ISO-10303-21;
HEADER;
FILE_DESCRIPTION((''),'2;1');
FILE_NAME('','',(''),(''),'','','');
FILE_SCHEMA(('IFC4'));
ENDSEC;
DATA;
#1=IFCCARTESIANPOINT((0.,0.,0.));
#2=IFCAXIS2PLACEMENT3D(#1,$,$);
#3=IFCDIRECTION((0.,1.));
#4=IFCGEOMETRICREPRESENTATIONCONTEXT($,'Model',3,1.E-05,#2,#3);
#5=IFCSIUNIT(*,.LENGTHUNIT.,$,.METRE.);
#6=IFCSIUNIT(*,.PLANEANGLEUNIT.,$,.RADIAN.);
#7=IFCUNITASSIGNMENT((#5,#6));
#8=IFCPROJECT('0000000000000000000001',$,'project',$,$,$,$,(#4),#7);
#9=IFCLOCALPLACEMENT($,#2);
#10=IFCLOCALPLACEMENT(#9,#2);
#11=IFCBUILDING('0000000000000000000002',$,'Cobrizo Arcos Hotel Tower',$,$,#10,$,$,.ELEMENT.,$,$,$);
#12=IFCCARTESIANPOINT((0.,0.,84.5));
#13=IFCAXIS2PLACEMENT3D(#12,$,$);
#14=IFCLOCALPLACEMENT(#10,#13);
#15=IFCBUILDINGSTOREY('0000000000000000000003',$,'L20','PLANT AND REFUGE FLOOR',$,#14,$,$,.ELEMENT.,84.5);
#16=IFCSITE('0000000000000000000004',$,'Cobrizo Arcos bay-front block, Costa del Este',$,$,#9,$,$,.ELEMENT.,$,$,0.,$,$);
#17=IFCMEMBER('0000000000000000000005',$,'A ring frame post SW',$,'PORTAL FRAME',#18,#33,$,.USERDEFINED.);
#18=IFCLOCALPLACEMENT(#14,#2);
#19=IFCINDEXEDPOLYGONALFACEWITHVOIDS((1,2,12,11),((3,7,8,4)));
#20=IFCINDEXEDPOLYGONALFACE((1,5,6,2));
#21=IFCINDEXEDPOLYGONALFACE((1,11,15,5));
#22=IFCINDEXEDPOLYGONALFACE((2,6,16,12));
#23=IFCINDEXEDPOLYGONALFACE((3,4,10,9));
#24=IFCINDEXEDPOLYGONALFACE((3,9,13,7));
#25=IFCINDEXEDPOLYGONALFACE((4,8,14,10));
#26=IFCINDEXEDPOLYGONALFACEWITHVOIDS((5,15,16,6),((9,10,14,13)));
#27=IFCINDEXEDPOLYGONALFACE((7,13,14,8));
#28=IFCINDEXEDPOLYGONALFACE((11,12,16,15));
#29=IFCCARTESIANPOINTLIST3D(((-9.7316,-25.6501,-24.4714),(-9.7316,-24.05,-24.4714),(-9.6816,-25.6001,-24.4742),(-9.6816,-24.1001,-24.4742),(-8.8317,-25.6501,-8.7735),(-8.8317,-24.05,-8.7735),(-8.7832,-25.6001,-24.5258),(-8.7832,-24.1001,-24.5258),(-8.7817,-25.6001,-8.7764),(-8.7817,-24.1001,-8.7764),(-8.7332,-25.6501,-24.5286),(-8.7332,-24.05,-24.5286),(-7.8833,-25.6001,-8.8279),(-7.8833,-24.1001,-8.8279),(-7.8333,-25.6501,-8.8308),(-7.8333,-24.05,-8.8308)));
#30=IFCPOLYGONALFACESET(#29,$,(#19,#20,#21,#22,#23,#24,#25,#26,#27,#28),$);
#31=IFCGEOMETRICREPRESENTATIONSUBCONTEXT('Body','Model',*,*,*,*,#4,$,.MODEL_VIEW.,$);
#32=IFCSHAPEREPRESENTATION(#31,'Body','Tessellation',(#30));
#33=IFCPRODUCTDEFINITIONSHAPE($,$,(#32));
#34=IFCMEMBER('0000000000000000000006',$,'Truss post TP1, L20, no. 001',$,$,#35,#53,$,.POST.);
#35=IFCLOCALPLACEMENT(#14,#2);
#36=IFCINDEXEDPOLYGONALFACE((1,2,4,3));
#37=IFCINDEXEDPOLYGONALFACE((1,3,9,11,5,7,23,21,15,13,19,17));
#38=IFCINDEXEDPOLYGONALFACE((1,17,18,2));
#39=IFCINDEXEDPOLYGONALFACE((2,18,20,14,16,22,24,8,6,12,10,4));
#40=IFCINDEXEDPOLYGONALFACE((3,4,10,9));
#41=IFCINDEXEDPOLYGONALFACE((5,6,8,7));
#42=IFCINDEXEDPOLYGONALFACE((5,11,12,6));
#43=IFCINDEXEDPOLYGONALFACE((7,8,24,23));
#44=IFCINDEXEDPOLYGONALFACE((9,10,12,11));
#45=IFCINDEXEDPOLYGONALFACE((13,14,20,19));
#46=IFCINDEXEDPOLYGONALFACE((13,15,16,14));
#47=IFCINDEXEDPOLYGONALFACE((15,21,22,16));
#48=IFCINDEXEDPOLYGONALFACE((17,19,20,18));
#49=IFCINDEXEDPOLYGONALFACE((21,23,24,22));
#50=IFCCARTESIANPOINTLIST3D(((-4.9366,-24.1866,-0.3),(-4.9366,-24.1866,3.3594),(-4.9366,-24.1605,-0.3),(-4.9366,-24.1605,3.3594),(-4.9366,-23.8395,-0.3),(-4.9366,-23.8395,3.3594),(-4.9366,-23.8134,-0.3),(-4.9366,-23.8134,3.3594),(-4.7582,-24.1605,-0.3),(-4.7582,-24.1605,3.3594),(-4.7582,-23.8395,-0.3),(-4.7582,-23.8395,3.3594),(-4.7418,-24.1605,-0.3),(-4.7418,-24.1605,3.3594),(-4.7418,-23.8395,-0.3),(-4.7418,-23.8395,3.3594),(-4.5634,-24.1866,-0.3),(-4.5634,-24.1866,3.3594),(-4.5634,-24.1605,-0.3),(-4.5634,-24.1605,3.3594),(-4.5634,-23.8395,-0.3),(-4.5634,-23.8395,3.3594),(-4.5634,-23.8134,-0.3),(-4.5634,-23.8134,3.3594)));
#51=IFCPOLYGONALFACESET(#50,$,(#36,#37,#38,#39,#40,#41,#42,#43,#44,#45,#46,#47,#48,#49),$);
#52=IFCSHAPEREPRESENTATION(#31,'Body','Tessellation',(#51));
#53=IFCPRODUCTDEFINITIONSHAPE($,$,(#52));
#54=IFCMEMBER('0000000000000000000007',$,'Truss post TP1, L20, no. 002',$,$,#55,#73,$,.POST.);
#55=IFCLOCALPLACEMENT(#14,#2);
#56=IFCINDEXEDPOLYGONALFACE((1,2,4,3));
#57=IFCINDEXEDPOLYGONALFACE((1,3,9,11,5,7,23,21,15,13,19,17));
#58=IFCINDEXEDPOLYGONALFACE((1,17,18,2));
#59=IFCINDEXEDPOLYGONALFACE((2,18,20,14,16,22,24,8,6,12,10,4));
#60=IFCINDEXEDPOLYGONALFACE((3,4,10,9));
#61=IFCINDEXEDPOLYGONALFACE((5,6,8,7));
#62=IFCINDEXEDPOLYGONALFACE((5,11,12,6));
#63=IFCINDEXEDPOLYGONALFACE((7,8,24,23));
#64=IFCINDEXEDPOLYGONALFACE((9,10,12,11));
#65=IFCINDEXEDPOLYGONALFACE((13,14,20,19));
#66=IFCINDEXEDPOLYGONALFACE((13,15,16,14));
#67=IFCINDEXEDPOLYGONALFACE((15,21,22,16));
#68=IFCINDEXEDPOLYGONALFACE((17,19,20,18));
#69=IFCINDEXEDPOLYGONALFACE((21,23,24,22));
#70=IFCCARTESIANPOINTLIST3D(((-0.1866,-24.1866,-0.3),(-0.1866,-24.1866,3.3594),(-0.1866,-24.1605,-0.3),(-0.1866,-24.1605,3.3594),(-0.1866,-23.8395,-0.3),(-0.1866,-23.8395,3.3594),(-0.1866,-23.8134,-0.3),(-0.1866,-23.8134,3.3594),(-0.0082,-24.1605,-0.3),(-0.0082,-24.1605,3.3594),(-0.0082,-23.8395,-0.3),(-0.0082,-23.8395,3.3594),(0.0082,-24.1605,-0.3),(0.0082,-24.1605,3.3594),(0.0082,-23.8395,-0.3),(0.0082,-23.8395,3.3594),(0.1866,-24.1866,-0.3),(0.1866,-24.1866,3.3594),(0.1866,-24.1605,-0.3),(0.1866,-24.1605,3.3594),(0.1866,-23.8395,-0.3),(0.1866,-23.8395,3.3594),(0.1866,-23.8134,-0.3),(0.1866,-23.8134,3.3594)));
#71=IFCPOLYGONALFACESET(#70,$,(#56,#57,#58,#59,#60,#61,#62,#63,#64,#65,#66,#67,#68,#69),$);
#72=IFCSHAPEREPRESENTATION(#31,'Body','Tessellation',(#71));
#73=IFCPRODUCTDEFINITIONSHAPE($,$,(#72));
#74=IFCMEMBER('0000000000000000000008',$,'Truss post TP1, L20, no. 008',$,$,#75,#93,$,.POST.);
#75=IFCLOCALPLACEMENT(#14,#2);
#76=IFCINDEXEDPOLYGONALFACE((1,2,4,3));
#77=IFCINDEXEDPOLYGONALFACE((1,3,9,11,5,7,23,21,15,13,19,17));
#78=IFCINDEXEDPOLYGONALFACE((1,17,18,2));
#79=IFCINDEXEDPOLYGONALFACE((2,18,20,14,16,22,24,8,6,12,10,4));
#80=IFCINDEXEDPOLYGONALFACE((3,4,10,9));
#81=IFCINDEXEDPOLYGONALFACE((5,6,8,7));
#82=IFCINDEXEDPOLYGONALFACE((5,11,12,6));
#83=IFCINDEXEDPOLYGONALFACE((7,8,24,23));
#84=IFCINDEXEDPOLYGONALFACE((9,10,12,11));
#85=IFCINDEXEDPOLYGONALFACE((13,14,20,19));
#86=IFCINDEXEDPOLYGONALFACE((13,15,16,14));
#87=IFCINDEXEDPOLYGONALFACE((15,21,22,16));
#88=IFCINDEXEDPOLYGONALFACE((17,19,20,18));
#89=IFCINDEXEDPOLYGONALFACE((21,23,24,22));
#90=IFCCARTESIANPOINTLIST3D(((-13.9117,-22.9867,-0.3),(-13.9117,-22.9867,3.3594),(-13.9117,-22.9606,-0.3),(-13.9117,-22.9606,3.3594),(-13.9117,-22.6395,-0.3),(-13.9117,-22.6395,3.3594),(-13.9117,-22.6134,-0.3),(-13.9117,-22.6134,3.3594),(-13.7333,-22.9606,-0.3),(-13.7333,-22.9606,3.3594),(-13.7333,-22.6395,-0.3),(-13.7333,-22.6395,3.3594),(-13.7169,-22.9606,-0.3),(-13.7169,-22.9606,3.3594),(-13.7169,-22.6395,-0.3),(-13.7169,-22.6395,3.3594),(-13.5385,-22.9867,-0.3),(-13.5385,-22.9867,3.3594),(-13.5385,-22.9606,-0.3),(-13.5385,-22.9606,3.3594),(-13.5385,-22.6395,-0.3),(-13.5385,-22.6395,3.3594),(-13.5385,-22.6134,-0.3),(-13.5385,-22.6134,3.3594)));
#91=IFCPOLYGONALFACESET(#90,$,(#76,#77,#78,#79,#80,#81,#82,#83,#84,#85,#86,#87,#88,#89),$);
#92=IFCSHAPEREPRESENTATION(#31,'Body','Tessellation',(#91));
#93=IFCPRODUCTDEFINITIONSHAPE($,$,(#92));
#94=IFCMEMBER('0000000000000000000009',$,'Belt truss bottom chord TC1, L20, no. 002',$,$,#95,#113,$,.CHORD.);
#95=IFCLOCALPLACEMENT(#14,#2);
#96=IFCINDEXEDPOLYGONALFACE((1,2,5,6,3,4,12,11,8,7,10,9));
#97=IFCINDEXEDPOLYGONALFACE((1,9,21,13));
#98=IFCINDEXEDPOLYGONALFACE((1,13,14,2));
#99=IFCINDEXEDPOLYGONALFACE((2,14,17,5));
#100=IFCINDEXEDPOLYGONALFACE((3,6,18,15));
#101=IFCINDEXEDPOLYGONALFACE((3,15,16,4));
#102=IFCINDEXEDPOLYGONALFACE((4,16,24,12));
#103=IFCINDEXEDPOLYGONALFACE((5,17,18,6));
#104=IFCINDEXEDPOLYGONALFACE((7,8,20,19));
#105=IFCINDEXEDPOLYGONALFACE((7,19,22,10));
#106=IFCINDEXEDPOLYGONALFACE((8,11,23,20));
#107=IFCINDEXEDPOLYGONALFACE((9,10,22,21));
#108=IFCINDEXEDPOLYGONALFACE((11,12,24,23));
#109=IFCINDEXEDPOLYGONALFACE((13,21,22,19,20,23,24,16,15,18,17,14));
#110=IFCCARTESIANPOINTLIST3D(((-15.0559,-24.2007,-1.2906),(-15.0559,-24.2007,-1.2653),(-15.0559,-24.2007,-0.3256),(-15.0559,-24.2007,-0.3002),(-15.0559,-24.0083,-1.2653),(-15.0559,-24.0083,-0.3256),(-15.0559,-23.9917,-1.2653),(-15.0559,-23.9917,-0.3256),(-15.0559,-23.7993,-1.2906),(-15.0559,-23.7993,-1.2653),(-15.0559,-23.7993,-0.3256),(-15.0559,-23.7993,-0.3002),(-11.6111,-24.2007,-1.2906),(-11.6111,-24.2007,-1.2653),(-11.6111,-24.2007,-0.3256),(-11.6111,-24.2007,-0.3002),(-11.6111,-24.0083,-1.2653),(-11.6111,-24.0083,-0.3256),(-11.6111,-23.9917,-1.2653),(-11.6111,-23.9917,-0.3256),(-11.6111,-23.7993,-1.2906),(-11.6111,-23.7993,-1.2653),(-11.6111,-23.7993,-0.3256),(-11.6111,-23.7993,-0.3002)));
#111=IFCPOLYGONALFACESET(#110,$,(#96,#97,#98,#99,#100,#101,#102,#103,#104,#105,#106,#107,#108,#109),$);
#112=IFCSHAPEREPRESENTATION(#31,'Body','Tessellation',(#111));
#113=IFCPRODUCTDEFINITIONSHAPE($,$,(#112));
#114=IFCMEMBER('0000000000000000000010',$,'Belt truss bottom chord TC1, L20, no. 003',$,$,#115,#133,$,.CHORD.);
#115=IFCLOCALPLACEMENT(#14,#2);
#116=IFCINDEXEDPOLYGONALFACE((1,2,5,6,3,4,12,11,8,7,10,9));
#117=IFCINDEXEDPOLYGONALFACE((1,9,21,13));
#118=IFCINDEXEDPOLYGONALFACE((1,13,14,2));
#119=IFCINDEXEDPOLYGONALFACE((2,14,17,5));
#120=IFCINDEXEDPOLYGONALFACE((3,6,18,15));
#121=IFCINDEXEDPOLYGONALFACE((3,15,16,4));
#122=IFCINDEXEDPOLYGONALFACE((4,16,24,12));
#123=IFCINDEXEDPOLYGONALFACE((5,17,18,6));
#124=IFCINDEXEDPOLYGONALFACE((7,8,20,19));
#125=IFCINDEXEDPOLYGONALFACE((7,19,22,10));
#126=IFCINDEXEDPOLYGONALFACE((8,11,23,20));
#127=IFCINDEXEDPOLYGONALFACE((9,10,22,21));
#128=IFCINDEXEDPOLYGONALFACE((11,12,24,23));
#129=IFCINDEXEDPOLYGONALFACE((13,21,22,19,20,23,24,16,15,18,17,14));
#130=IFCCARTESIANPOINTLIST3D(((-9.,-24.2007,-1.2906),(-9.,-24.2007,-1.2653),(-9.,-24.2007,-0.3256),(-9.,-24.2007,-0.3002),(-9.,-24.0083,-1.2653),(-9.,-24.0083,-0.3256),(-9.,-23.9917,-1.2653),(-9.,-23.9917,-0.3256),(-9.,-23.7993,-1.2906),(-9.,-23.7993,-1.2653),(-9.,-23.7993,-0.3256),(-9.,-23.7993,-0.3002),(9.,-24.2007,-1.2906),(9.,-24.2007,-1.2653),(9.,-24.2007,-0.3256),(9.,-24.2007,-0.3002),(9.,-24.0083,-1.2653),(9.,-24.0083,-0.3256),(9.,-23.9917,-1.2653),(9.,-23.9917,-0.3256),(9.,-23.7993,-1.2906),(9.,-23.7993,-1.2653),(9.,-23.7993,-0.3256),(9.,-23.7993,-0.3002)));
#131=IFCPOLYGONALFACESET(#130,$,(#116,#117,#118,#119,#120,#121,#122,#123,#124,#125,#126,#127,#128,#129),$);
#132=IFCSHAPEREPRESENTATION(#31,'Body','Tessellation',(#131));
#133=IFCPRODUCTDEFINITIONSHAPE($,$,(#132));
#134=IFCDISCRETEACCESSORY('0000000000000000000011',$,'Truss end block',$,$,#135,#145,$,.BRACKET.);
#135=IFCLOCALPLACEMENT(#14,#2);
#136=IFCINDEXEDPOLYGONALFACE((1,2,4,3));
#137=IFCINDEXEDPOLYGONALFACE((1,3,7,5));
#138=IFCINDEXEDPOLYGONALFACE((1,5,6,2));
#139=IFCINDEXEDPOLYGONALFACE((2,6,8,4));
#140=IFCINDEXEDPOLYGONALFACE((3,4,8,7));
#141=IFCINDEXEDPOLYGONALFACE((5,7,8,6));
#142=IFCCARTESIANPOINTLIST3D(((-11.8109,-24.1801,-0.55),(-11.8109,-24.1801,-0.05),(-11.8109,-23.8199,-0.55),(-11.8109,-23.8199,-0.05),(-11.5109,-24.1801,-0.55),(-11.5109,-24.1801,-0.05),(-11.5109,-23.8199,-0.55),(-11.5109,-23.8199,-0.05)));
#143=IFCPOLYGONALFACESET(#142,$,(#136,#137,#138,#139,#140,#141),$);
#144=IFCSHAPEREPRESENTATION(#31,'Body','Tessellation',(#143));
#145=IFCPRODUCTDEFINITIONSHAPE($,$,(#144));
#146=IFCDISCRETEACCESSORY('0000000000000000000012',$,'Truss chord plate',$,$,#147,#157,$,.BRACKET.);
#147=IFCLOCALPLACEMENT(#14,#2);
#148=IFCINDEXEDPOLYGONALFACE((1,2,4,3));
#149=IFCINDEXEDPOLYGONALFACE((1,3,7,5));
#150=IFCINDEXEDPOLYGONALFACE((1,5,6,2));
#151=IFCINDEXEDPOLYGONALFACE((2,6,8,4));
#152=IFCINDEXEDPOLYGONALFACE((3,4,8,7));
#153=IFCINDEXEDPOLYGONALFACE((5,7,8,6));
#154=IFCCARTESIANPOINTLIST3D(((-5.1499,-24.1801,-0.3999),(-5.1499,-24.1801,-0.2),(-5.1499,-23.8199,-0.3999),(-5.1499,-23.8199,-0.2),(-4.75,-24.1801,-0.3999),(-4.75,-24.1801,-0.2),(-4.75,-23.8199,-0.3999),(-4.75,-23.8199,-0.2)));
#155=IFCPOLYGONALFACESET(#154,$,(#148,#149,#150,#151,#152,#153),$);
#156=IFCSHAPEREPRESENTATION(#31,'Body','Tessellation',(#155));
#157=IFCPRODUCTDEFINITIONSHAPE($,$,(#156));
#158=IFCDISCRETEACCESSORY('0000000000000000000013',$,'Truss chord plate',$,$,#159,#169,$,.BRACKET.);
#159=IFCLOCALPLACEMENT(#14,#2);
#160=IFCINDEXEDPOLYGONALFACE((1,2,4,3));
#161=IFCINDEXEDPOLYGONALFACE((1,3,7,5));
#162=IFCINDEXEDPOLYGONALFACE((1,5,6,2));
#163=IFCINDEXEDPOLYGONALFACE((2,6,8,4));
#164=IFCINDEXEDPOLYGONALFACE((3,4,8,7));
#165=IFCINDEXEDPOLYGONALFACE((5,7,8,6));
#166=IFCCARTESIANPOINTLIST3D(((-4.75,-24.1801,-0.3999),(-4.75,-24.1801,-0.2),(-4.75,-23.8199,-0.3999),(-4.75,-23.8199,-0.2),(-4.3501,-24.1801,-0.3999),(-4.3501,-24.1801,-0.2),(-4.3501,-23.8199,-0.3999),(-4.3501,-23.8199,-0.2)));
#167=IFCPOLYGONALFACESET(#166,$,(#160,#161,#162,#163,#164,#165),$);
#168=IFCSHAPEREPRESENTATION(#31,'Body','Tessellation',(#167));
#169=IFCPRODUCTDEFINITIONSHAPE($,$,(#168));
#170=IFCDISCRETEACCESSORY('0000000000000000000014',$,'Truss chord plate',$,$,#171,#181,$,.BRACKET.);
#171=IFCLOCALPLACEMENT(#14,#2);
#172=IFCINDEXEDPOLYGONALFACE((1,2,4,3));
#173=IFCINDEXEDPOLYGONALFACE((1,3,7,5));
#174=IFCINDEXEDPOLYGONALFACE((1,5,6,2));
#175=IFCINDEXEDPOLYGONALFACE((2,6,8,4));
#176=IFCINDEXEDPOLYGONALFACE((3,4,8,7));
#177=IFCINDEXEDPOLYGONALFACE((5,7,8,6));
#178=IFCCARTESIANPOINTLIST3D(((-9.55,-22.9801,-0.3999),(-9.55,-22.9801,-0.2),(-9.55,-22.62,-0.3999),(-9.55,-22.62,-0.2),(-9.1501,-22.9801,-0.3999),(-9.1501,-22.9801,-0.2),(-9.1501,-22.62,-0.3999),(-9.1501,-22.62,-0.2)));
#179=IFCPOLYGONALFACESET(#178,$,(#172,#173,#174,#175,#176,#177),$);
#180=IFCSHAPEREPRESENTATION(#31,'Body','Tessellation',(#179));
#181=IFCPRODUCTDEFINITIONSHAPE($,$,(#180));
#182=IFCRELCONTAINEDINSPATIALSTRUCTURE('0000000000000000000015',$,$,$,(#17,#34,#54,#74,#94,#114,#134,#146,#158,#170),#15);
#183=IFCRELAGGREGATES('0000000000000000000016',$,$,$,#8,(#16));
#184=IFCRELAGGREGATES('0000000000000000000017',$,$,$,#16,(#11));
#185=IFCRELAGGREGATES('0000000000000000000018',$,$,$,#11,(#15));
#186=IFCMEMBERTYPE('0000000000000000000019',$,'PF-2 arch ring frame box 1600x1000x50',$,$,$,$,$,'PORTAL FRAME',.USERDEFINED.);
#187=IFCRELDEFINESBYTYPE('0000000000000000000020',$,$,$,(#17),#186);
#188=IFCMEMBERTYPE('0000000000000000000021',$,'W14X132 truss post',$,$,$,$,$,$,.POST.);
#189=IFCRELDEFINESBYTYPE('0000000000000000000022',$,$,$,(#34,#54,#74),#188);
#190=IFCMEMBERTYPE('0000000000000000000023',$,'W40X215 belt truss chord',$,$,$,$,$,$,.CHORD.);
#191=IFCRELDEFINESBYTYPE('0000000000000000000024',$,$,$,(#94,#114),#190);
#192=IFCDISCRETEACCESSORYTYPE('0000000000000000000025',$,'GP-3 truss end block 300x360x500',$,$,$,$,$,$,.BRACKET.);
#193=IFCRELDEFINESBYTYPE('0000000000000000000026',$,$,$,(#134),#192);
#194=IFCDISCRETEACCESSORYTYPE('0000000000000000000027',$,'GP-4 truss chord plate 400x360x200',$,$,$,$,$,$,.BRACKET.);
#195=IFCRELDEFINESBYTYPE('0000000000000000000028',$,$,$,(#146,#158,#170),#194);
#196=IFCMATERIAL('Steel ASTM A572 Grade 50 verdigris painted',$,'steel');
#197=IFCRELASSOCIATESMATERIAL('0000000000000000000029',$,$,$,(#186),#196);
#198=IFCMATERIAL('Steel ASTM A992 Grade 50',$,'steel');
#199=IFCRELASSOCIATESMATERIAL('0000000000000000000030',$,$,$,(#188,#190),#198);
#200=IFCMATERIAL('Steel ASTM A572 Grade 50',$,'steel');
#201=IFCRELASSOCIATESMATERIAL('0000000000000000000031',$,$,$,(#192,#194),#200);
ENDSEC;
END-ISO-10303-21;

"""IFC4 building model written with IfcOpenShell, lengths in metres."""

from ifc_helpers import new_model, si_unit, direction, frame, origin, origin_2d, place, context, subcontext, project, spatial, rectangle, hollow_rectangle, i_section, extrude, material, material_profile, profile_set, type_object, element, save


model = new_model("IFC4")

# Units and contexts
model_context = context("Model", 3, precision=1e-05, world=origin(), true_north=direction((0.0, 1.0)))
body_context = subcontext(model_context, "Body", "Model", "MODEL_VIEW")
ifc_project = project(units=[si_unit("LENGTHUNIT", "METRE"), si_unit("PLANEANGLEUNIT", "RADIAN")], contexts=[model_context])

# Site, building, storey
site_placement = place(None, origin())
site = spatial("IfcSite", under=ifc_project, at=site_placement, Name="Cobrizo Arcos bay-front block, Costa del Este", CompositionType="ELEMENT", RefElevation=0.0)
building_placement = place(site_placement, origin())
building = spatial("IfcBuilding", under=site, at=building_placement, Name="Cobrizo Arcos Hotel Tower", CompositionType="ELEMENT")
storey_placement = place(building_placement, frame((0.0, 0.0, 84.5)))
storey = spatial("IfcBuildingStorey", under=building, at=storey_placement, Name="L20", Description="PLANT AND REFUGE FLOOR", CompositionType="ELEMENT", Elevation=84.5)

# Shared definitions
ifc_material_1 = material(Name="Steel ASTM A572 Grade 50", Category="steel")

# Members
ifc_material_2 = material(Name="Steel ASTM A572 Grade 50 verdigris painted", Category="steel")
ifc_material_profile_1 = material_profile(ifc_material_2, hollow_rectangle(XDim=1.6001, YDim=1.0, WallThickness=0.05, at=origin_2d()), Name="PF-2 arch ring frame box 1600x1000x50")
ifc_profile_set_1 = profile_set([ifc_material_profile_1], Name="Steel ASTM A572 Grade 50 verdigris painted")
member_type_1 = type_object("IfcMemberType", Name="PF-2 arch ring frame box 1600x1000x50", ElementType="PORTAL FRAME", PredefinedType="USERDEFINED", material=ifc_profile_set_1)
member_1_placement = place(storey_placement, frame((-9.2324, -24.8501, -24.5), z_axis=(0.057233, 0.0, 0.998361), x_axis=(0.0, 1.0, 0.0)))
element("IfcMember", 1, at=member_1_placement, inside=storey, type_object=member_type_1, Name="A ring frame post SW", ObjectType="PORTAL FRAME", PredefinedType="USERDEFINED", context=body_context, shape_type="SweptSolid", body=[
    extrude(hollow_rectangle(XDim=1.6001, YDim=1.0, WallThickness=0.05, at=origin_2d()), origin(), (0.0, 0.0, 1.0), 15.7236),
])
ifc_material_3 = material(Name="Steel ASTM A992 Grade 50", Category="steel")
ifc_material_profile_2 = material_profile(ifc_material_3, i_section(OverallWidth=0.3733, OverallDepth=0.3733, WebThickness=0.0164, FlangeThickness=0.0261, at=origin_2d()), Name="W14X132")
ifc_profile_set_2 = profile_set([ifc_material_profile_2], Name="Steel ASTM A992 Grade 50")
member_type_2 = type_object("IfcMemberType", Name="W14X132 truss post", PredefinedType="POST", material=ifc_profile_set_2)
for number, where, z_axis, x_axis, name in (
    (2, (-4.75, -24.0, -0.3), (0.0, 0.0, 1.0), (1.0, 0.0, 0.0), "Truss post TP1, L20, no. 001"),
    (3, (0.0, -24.0, -0.3), (0.0, 0.0, 1.0), (1.0, 0.0, 0.0), "Truss post TP1, L20, no. 002"),
    (4, (-13.7251, -22.8, -0.3), (0.0, 0.0, 1.0), (1.0, 0.0, 0.0), "Truss post TP1, L20, no. 008"),
):
    element("IfcMember", number, at=place(storey_placement, frame(where, z_axis=z_axis, x_axis=x_axis)), inside=storey, type_object=member_type_2, Name=name, PredefinedType="POST", context=body_context, shape_type="SweptSolid", body=[
        extrude(i_section(OverallWidth=0.3733, OverallDepth=0.3733, WebThickness=0.0164, FlangeThickness=0.0261, at=origin_2d()), origin(), (0.0, 0.0, 1.0), 3.6594),
    ])
ifc_material_profile_3 = material_profile(ifc_material_3, i_section(OverallWidth=0.4014, OverallDepth=0.9905, WebThickness=0.0166, FlangeThickness=0.0254, at=origin_2d()), Name="W40X215")
ifc_profile_set_3 = profile_set([ifc_material_profile_3], Name="Steel ASTM A992 Grade 50")
member_type_3 = type_object("IfcMemberType", Name="W40X215 belt truss chord", PredefinedType="CHORD", material=ifc_profile_set_3)
member_2_placement = place(storey_placement, frame((-15.0559, -24.0, -0.7954), z_axis=(1.0, 0.0, 0.0), x_axis=(0.0, 1.0, 0.0)))
element("IfcMember", 5, at=member_2_placement, inside=storey, type_object=member_type_3, Name="Belt truss bottom chord TC1, L20, no. 002", PredefinedType="CHORD", context=body_context, shape_type="SweptSolid", body=[
    extrude(i_section(OverallWidth=0.4014, OverallDepth=0.9905, WebThickness=0.0166, FlangeThickness=0.0254, at=origin_2d()), origin(), (0.0, 0.0, 1.0), 3.4448),
])
member_3_placement = place(storey_placement, frame((-9.0, -24.0, -0.7954), z_axis=(1.0, 0.0, 0.0), x_axis=(0.0, 1.0, 0.0)))
element("IfcMember", 6, at=member_3_placement, inside=storey, type_object=member_type_3, Name="Belt truss bottom chord TC1, L20, no. 003", PredefinedType="CHORD", context=body_context, shape_type="SweptSolid", body=[
    extrude(i_section(OverallWidth=0.4014, OverallDepth=0.9905, WebThickness=0.0166, FlangeThickness=0.0254, at=origin_2d()), origin(), (0.0, 0.0, 1.0), 18.0),
])

# Discrete accessories
discrete_accessory_type_1 = type_object("IfcDiscreteAccessoryType", Name="GP-3 truss end block 300x360x500", PredefinedType="BRACKET", material=ifc_material_1)
discrete_accessory_placement = place(storey_placement, frame((-11.6609, -24.0, -0.55), z_axis=(0.0, 0.0, 1.0), x_axis=(-1.0, 0.0, 0.0)))
element("IfcDiscreteAccessory", 7, at=discrete_accessory_placement, inside=storey, type_object=discrete_accessory_type_1, Name="Truss end block", PredefinedType="BRACKET", context=body_context, shape_type="SweptSolid", body=[
    extrude(rectangle(XDim=0.3, YDim=0.3601, at=origin_2d()), origin(), (0.0, 0.0, 1.0), 0.5),
])
discrete_accessory_type_2 = type_object("IfcDiscreteAccessoryType", Name="GP-4 truss chord plate 400x360x200", PredefinedType="BRACKET", material=ifc_material_1)
for number, where, z_axis, x_axis, name in (
    (8, (-4.95, -24.0, -0.3999), (0.0, 0.0, 1.0), (1.0, 0.0, 0.0), "Truss chord plate"),
    (9, (-4.55, -24.0, -0.3999), (0.0, 0.0, 1.0), (1.0, 0.0, 0.0), "Truss chord plate"),
    (10, (-9.3501, -22.8, -0.3999), (0.0, 0.0, 1.0), (1.0, 0.0, 0.0), "Truss chord plate"),
):
    element("IfcDiscreteAccessory", number, at=place(storey_placement, frame(where, z_axis=z_axis, x_axis=x_axis)), inside=storey, type_object=discrete_accessory_type_2, Name=name, PredefinedType="BRACKET", context=body_context, shape_type="SweptSolid", body=[
        extrude(rectangle(XDim=0.3999, YDim=0.3601, at=origin_2d()), origin(), (0.0, 0.0, 1.0), 0.2),
    ])

save(model, "model.ifc")
